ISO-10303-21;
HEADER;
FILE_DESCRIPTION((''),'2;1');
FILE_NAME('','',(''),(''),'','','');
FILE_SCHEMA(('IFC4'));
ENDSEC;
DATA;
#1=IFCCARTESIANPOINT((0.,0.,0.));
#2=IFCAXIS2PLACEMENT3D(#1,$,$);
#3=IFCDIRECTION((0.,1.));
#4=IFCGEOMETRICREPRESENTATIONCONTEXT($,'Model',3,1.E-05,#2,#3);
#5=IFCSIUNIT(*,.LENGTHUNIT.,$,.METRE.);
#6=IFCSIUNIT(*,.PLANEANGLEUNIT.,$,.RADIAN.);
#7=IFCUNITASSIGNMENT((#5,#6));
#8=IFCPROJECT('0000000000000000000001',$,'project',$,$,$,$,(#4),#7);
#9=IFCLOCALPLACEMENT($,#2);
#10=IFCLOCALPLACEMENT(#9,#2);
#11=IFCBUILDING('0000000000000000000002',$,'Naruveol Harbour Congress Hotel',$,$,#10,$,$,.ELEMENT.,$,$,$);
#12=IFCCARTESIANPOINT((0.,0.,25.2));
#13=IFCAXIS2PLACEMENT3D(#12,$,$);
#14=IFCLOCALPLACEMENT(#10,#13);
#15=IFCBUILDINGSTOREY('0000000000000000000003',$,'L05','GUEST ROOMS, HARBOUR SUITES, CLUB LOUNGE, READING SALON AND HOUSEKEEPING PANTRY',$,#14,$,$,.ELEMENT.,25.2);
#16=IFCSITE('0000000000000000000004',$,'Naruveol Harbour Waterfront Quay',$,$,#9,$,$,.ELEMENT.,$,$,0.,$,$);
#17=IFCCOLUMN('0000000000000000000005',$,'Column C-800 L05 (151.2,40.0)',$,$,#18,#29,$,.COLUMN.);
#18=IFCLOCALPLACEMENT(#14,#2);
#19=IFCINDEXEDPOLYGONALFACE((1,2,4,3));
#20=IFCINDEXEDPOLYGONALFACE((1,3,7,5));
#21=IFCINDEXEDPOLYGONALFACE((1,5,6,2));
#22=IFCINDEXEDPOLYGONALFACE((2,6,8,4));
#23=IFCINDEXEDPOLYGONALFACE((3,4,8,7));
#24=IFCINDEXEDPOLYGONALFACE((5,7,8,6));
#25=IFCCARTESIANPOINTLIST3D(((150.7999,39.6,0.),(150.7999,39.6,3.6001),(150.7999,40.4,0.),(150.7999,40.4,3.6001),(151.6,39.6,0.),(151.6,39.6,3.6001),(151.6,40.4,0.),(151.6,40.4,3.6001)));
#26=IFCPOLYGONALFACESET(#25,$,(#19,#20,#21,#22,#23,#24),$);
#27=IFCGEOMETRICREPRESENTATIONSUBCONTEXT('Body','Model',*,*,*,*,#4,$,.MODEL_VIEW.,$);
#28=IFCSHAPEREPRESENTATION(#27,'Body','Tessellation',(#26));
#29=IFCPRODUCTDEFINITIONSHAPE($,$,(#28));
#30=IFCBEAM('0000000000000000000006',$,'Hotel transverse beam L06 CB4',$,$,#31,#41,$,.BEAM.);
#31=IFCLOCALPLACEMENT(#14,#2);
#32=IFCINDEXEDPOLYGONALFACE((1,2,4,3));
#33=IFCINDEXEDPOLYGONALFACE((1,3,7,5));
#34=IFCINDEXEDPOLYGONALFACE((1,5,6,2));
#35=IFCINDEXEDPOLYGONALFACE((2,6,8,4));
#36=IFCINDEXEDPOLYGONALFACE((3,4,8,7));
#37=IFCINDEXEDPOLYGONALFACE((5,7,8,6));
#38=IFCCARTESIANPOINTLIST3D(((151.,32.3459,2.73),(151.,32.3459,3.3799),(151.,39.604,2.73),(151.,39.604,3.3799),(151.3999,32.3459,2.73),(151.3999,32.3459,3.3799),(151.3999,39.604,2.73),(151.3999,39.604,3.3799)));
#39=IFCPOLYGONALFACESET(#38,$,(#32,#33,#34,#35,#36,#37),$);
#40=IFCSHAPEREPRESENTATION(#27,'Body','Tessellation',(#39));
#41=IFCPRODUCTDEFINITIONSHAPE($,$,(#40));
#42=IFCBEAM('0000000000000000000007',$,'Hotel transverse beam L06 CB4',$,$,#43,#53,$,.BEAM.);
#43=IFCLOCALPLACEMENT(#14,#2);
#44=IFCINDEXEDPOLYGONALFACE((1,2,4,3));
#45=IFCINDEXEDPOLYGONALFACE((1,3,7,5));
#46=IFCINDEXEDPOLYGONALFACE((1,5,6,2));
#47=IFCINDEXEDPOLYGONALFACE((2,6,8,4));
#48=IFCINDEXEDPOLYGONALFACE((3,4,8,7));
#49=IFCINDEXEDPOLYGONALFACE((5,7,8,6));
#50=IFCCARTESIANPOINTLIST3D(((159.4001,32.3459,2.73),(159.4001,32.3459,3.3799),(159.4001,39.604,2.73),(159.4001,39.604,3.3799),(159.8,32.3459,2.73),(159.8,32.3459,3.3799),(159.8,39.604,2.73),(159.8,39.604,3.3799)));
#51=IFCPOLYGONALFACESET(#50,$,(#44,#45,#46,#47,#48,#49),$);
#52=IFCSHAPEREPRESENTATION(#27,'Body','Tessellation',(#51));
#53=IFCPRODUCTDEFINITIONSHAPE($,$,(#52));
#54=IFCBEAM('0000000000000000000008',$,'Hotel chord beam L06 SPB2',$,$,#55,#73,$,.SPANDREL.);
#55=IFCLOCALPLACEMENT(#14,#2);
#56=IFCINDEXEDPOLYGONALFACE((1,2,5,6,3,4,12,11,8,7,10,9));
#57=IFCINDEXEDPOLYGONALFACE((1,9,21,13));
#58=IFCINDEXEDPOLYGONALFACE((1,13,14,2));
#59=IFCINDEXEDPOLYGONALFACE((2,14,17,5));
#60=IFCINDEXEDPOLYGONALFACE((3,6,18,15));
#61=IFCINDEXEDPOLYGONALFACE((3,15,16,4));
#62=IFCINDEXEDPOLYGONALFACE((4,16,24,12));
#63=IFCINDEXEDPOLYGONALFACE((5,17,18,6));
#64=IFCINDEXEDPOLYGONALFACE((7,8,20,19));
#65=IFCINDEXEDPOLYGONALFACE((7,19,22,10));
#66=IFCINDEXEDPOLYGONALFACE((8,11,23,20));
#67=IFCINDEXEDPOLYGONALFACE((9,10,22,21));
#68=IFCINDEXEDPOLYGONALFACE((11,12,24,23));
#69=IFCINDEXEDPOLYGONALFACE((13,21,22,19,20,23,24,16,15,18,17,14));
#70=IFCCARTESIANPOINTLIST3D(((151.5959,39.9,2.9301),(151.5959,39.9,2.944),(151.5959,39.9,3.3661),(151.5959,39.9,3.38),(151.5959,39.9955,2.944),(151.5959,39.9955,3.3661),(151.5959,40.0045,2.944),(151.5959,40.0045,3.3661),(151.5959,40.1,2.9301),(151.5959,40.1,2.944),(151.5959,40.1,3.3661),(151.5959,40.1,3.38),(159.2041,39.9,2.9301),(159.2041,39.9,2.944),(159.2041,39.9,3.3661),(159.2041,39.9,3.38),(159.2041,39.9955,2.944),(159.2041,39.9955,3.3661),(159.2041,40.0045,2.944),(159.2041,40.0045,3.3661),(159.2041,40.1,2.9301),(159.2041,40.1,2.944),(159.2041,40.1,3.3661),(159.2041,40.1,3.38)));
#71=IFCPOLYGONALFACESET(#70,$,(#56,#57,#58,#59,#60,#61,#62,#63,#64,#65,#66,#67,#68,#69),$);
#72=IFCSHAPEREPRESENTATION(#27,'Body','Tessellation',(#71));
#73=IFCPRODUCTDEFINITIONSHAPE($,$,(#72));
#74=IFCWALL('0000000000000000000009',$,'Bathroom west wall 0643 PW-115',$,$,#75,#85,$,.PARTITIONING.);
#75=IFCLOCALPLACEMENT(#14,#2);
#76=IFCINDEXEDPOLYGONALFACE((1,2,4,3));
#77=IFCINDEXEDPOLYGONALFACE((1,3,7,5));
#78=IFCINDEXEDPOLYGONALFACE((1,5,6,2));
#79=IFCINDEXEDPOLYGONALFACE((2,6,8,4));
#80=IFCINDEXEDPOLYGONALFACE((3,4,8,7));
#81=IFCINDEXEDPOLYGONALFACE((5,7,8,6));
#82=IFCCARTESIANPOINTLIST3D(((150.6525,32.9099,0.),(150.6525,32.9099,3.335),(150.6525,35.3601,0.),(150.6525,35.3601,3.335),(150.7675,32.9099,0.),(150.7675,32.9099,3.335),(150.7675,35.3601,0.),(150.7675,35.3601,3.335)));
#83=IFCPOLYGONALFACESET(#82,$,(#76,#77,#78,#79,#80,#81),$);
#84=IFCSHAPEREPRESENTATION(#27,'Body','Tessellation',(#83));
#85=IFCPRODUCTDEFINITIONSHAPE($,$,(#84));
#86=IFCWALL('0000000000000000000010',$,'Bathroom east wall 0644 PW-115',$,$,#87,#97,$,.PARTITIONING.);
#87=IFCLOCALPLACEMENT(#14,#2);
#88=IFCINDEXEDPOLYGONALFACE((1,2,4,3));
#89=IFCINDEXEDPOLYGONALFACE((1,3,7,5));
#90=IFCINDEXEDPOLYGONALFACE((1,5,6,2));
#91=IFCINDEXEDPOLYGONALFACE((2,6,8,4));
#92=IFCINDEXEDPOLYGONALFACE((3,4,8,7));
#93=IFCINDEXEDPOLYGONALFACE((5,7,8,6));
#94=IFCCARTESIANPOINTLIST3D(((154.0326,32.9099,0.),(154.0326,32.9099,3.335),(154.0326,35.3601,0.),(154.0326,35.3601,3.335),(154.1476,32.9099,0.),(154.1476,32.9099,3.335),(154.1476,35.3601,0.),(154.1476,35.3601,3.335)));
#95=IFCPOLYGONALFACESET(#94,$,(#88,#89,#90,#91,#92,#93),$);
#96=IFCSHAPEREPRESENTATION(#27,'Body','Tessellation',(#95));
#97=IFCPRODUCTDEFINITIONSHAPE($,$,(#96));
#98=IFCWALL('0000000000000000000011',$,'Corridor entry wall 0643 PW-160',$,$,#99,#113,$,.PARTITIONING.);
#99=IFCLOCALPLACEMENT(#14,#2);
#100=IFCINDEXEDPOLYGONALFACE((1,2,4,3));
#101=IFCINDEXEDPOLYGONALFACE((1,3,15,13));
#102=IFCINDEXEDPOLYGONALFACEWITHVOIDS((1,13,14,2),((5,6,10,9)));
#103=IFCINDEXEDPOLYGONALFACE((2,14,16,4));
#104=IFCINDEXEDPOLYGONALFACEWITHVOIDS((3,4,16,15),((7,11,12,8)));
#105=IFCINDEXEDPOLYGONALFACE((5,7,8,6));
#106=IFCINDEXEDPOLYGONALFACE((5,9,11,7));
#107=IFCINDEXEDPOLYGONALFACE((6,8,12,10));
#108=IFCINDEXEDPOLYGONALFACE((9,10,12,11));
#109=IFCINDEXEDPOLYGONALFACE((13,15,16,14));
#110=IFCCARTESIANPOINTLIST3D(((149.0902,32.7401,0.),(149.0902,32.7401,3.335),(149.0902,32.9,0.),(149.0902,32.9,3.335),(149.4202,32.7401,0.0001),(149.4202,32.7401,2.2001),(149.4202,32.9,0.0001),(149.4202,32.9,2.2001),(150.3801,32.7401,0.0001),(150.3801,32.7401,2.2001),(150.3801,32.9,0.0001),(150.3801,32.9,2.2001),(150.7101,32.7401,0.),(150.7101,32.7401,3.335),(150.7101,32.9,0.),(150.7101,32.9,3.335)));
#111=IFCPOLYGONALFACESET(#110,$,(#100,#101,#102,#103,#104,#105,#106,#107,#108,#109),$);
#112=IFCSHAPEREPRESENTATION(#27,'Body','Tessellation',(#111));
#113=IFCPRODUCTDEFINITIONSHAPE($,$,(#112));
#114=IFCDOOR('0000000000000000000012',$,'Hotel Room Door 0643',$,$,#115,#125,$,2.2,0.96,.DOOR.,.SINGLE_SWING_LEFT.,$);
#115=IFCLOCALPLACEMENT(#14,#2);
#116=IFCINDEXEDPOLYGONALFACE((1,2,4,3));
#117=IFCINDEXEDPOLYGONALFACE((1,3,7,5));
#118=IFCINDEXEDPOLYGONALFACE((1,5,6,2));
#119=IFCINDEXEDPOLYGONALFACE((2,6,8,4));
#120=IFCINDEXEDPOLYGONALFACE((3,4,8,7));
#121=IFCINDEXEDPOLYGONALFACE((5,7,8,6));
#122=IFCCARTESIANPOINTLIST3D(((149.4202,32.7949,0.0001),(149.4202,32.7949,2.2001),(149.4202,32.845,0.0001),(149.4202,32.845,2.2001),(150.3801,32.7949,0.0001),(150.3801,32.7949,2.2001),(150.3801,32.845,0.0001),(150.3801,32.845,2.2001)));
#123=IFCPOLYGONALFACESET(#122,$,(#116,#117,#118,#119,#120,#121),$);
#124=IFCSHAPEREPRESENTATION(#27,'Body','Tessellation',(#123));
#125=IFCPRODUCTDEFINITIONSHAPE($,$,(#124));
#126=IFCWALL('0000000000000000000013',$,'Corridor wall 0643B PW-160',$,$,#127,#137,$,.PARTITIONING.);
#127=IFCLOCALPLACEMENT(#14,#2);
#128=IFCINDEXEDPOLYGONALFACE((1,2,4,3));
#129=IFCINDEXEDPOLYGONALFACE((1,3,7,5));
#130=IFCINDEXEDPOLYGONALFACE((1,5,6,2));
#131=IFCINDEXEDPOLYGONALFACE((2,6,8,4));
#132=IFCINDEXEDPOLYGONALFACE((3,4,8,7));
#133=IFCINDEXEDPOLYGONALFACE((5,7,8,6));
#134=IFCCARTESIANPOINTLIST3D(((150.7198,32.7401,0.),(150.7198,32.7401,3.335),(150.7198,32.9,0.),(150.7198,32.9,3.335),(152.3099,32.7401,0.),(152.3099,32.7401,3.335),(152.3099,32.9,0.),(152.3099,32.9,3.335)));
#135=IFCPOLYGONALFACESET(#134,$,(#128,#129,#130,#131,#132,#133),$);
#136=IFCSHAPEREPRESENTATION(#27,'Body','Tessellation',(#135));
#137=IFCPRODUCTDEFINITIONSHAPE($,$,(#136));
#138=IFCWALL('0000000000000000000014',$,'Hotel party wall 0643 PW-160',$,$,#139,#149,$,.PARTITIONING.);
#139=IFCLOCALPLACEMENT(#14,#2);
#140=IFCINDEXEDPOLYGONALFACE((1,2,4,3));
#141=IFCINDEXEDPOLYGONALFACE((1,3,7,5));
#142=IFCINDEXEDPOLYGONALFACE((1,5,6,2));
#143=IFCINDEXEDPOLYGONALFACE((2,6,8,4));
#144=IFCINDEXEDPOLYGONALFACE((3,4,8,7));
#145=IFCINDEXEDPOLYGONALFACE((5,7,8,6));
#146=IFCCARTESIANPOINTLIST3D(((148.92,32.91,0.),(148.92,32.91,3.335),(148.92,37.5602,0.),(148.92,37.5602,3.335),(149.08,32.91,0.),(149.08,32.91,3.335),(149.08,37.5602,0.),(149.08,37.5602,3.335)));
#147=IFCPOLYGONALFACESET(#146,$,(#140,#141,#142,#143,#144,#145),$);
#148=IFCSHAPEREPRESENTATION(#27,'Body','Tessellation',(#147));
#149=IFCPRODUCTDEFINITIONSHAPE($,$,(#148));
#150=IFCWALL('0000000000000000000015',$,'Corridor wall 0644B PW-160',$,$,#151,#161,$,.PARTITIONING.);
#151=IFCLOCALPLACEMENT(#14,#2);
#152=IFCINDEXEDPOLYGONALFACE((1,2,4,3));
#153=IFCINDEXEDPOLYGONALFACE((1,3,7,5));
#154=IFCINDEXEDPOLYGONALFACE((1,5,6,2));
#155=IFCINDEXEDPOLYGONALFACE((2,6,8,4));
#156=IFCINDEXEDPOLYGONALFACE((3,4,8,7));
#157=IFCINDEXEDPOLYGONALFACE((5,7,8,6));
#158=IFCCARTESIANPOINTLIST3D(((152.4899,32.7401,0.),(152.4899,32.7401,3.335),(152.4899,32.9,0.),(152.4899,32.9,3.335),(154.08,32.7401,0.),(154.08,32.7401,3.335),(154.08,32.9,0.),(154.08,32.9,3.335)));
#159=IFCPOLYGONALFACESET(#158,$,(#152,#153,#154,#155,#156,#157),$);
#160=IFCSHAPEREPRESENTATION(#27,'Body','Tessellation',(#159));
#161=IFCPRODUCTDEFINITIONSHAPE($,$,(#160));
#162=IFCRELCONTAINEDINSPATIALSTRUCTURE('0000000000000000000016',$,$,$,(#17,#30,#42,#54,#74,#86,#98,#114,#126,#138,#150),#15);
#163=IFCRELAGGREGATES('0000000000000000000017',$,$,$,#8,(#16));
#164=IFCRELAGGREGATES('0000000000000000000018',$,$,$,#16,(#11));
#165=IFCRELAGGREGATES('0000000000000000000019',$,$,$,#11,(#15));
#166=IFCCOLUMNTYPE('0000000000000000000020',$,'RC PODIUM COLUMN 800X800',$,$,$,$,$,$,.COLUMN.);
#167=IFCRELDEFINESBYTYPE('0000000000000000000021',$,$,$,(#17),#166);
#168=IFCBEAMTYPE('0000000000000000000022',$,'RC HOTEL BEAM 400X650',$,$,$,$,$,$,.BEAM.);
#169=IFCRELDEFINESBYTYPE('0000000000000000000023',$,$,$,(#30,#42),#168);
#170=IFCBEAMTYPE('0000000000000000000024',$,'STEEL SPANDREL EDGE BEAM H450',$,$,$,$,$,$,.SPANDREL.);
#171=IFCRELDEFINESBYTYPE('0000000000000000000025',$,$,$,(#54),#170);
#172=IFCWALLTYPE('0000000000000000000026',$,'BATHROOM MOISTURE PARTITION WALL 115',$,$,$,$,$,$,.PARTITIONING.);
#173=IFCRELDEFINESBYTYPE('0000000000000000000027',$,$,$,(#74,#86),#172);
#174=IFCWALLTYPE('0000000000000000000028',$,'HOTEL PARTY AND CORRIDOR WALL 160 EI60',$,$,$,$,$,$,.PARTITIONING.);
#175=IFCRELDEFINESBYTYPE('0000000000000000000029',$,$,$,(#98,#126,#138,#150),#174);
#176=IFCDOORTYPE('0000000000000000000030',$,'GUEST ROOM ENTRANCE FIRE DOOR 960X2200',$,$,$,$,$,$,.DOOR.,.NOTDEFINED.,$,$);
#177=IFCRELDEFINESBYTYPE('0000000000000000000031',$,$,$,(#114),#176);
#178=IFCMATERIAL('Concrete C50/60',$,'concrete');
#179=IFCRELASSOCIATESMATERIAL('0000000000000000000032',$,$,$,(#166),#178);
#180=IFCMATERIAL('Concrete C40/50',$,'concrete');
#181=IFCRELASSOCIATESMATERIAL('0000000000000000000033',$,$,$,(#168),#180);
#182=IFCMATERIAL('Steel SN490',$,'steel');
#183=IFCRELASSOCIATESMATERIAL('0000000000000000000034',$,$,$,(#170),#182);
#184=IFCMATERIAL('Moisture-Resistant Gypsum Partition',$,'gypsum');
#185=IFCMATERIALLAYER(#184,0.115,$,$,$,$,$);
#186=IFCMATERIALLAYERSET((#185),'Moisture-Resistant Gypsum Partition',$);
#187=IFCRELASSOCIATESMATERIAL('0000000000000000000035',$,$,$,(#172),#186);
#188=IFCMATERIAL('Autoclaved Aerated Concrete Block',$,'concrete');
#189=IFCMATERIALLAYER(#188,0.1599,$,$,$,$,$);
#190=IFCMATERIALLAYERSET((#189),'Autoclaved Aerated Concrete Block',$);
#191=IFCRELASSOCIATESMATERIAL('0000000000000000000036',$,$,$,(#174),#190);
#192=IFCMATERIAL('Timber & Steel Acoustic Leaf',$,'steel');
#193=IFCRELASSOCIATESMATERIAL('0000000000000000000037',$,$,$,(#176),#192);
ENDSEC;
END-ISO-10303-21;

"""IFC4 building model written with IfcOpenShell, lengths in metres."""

from ifc_helpers import new_model, si_unit, direction, frame, frame_2d, origin, origin_2d, place, context, subcontext, project, spatial, rectangle, i_section, extrude, material, layer, layer_set, material_profile, profile_set, type_object, element, fill, save


model = new_model("IFC4")

# Units and contexts
model_context = context("Model", 3, precision=1e-05, world=origin(), true_north=direction((0.0, 1.0)))
body_context = subcontext(model_context, "Body", "Model", "MODEL_VIEW")
ifc_project = project(units=[si_unit("LENGTHUNIT", "METRE"), si_unit("PLANEANGLEUNIT", "RADIAN")], contexts=[model_context])

# Site, building, storey
site_placement = place(None, origin())
site = spatial("IfcSite", under=ifc_project, at=site_placement, Name="Naruveol Harbour Waterfront Quay", CompositionType="ELEMENT", RefElevation=0.0)
building_placement = place(site_placement, origin())
building = spatial("IfcBuilding", under=site, at=building_placement, Name="Naruveol Harbour Congress Hotel", CompositionType="ELEMENT")
storey_placement = place(building_placement, frame((0.0, 0.0, 25.2)))
storey = spatial("IfcBuildingStorey", under=building, at=storey_placement, Name="L05", Description="GUEST ROOMS, HARBOUR SUITES, CLUB LOUNGE, READING SALON AND HOUSEKEEPING PANTRY", CompositionType="ELEMENT", Elevation=25.2)

# Column
ifc_material_1 = material(Name="Concrete C50/60", Category="concrete")
ifc_material_profile_1 = material_profile(ifc_material_1, rectangle(XDim=0.8, YDim=0.8, at=origin_2d()), Name="RC-800x800")
ifc_profile_set_1 = profile_set([ifc_material_profile_1], Name="Concrete C50/60")
column_type = type_object("IfcColumnType", Name="RC PODIUM COLUMN 800X800", PredefinedType="COLUMN", material=ifc_profile_set_1)
column_placement = place(storey_placement, frame((151.2, 40.0, 0.0), z_axis=(0.0, 0.0, 1.0), x_axis=(1.0, 0.0, 0.0)))
element("IfcColumn", 1, at=column_placement, inside=storey, type_object=column_type, Name="Column C-800 L05 (151.2,40.0)", PredefinedType="COLUMN", context=body_context, shape_type="SweptSolid", body=[
    extrude(rectangle(XDim=0.8, YDim=0.8, at=origin_2d()), origin(), (0.0, 0.0, 1.0), 3.6001),
])

# Beams
ifc_material_2 = material(Name="Concrete C40/50", Category="concrete")
ifc_material_profile_2 = material_profile(ifc_material_2, rectangle(XDim=0.3999, YDim=0.6499, at=origin_2d()), Name="RCB-400x650")
ifc_profile_set_2 = profile_set([ifc_material_profile_2], Name="Concrete C40/50")
beam_type_1 = type_object("IfcBeamType", Name="RC HOTEL BEAM 400X650", PredefinedType="BEAM", material=ifc_profile_set_2)
for number, where, z_axis, x_axis, name in (
    (2, (151.2, 32.3459, 3.0549), (0.0, 1.0, 0.0), (-1.0, 0.0, 0.0), "Hotel transverse beam L06 CB4"),
    (3, (159.6001, 32.3459, 3.0549), (0.0, 1.0, 0.0), (-1.0, 0.0, 0.0), "Hotel transverse beam L06 CB4"),
):
    element("IfcBeam", number, at=place(storey_placement, frame(where, z_axis=z_axis, x_axis=x_axis)), inside=storey, type_object=beam_type_1, Name=name, PredefinedType="BEAM", context=body_context, shape_type="SweptSolid", body=[
        extrude(rectangle(XDim=0.3999, YDim=0.6499, at=origin_2d()), origin(), (0.0, 0.0, 1.0), 7.2581),
    ])
ifc_material_3 = material(Name="Steel SN490", Category="steel")
ifc_material_profile_3 = material_profile(ifc_material_3, i_section(OverallWidth=0.2, OverallDepth=0.45, WebThickness=0.009, FlangeThickness=0.0139, at=origin_2d()), Name="H-450x200x9x14")
ifc_profile_set_3 = profile_set([ifc_material_profile_3], Name="Steel SN490")
beam_type_2 = type_object("IfcBeamType", Name="STEEL SPANDREL EDGE BEAM H450", PredefinedType="SPANDREL", material=ifc_profile_set_3)
beam_placement = place(storey_placement, frame((151.5959, 40.0, 3.155), z_axis=(1.0, 0.0, 0.0), x_axis=(0.0, 1.0, 0.0)))
element("IfcBeam", 4, at=beam_placement, inside=storey, type_object=beam_type_2, Name="Hotel chord beam L06 SPB2", PredefinedType="SPANDREL", context=body_context, shape_type="SweptSolid", body=[
    extrude(i_section(OverallWidth=0.2, OverallDepth=0.45, WebThickness=0.009, FlangeThickness=0.0139, at=origin_2d()), origin(), (0.0, 0.0, 1.0), 7.6082),
])

# Wall
ifc_material_4 = material(Name="Moisture-Resistant Gypsum Partition", Category="gypsum")
ifc_layer_1 = layer(ifc_material_4, 0.115)
ifc_layer_set_1 = layer_set([ifc_layer_1], Name="Moisture-Resistant Gypsum Partition")
wall_type_1 = type_object("IfcWallType", Name="BATHROOM MOISTURE PARTITION WALL 115", PredefinedType="PARTITIONING", material=ifc_layer_set_1)
wall_1_placement = place(storey_placement, frame((150.71, 32.9099, 0.0), z_axis=(0.0, 0.0, 1.0), x_axis=(0.0, 1.0, 0.0)))
element("IfcWall", 5, at=wall_1_placement, inside=storey, type_object=wall_type_1, Name="Bathroom west wall 0643 PW-115", PredefinedType="PARTITIONING", context=body_context, shape_type="SweptSolid", body=[
    extrude(rectangle(XDim=2.4502, YDim=0.115, at=frame_2d((1.2251, 0.0))), origin(), (0.0, 0.0, 1.0), 3.335),
])

# Wall
wall_2_placement = place(storey_placement, frame((154.0901, 32.9099, 0.0), z_axis=(0.0, 0.0, 1.0), x_axis=(0.0, 1.0, 0.0)))
element("IfcWall", 6, at=wall_2_placement, inside=storey, type_object=wall_type_1, Name="Bathroom east wall 0644 PW-115", PredefinedType="PARTITIONING", context=body_context, shape_type="SweptSolid", body=[
    extrude(rectangle(XDim=2.4502, YDim=0.115, at=frame_2d((1.2251, 0.0))), origin(), (0.0, 0.0, 1.0), 3.335),
])

# Wall, opening, door
ifc_material_5 = material(Name="Autoclaved Aerated Concrete Block", Category="concrete")
ifc_layer_2 = layer(ifc_material_5, 0.1599)
ifc_layer_set_2 = layer_set([ifc_layer_2], Name="Autoclaved Aerated Concrete Block")
wall_type_2 = type_object("IfcWallType", Name="HOTEL PARTY AND CORRIDOR WALL 160 EI60", PredefinedType="PARTITIONING", material=ifc_layer_set_2)
wall_3_placement = place(storey_placement, frame((149.0901, 32.8201, 0.0), z_axis=(0.0, 0.0, 1.0), x_axis=(1.0, 0.0, 0.0)))
wall_3 = element("IfcWall", 7, at=wall_3_placement, inside=storey, type_object=wall_type_2, Name="Corridor entry wall 0643 PW-160", PredefinedType="PARTITIONING", context=body_context, shape_type="SweptSolid", body=[
    extrude(rectangle(XDim=1.6199, YDim=0.1599, at=frame_2d((0.8101, 0.0))), origin(), (0.0, 0.0, 1.0), 3.335),
])
opening_1_placement = place(wall_3_placement, frame((0.3301, 0.0, 0.0)))
opening_1 = element("IfcOpeningElement", 8, at=opening_1_placement, cuts=wall_3, PredefinedType="OPENING", context=body_context, shape_type="SweptSolid", body=[
    extrude(rectangle(XDim=0.96, YDim=2.2, at=frame_2d((0.48, 1.1001))), frame((0.0, 0.0898, 0.0), z_axis=(0.0, -1.0, 0.0), x_axis=(1.0, 0.0, 0.0)), (0.0, 0.0, 1.0), 0.1799),
])
ifc_material_6 = material(Name="Timber & Steel Acoustic Leaf", Category="steel")
door_type_1 = type_object("IfcDoorType", Name="GUEST ROOM ENTRANCE FIRE DOOR 960X2200", OperationType="NOTDEFINED", PredefinedType="DOOR", material=ifc_material_6)
door_1_placement = place(opening_1_placement, origin())
door_1 = element("IfcDoor", 9, at=door_1_placement, inside=storey, type_object=door_type_1, Name="Hotel Room Door 0643", OperationType="SINGLE_SWING_LEFT", OverallHeight=2.2, OverallWidth=0.96, PredefinedType="DOOR", context=body_context, shape_type="SweptSolid", body=[
    extrude(rectangle(XDim=0.96, YDim=2.2, at=frame_2d((0.48, 1.1001))), frame((0.0, 0.0249, 0.0), z_axis=(0.0, -1.0, 0.0), x_axis=(1.0, 0.0, 0.0)), (0.0, 0.0, 1.0), 0.05),
])
fill(opening_1, door_1)

# Walls
wall_4_placement = place(storey_placement, frame((150.72, 32.8201, 0.0), z_axis=(0.0, 0.0, 1.0), x_axis=(1.0, 0.0, 0.0)))
element("IfcWall", 10, at=wall_4_placement, inside=storey, type_object=wall_type_2, Name="Corridor wall 0643B PW-160", PredefinedType="PARTITIONING", context=body_context, shape_type="SweptSolid", body=[
    extrude(rectangle(XDim=1.5901, YDim=0.1599, at=frame_2d((0.7949, 0.0))), origin(), (0.0, 0.0, 1.0), 3.335),
])
wall_5_placement = place(storey_placement, frame((149.0, 32.9099, 0.0), z_axis=(0.0, 0.0, 1.0), x_axis=(0.0, 1.0, 0.0)))
element("IfcWall", 11, at=wall_5_placement, inside=storey, type_object=wall_type_2, Name="Hotel party wall 0643 PW-160", PredefinedType="PARTITIONING", context=body_context, shape_type="SweptSolid", body=[
    extrude(rectangle(XDim=4.6501, YDim=0.1599, at=frame_2d((2.3252, 0.0))), origin(), (0.0, 0.0, 1.0), 3.335),
])
wall_6_placement = place(storey_placement, frame((152.49, 32.8201, 0.0), z_axis=(0.0, 0.0, 1.0), x_axis=(1.0, 0.0, 0.0)))
element("IfcWall", 12, at=wall_6_placement, inside=storey, type_object=wall_type_2, Name="Corridor wall 0644B PW-160", PredefinedType="PARTITIONING", context=body_context, shape_type="SweptSolid", body=[
    extrude(rectangle(XDim=1.5901, YDim=0.1599, at=frame_2d((0.7949, 0.0))), origin(), (0.0, 0.0, 1.0), 3.335),
])

save(model, "model.ifc")
